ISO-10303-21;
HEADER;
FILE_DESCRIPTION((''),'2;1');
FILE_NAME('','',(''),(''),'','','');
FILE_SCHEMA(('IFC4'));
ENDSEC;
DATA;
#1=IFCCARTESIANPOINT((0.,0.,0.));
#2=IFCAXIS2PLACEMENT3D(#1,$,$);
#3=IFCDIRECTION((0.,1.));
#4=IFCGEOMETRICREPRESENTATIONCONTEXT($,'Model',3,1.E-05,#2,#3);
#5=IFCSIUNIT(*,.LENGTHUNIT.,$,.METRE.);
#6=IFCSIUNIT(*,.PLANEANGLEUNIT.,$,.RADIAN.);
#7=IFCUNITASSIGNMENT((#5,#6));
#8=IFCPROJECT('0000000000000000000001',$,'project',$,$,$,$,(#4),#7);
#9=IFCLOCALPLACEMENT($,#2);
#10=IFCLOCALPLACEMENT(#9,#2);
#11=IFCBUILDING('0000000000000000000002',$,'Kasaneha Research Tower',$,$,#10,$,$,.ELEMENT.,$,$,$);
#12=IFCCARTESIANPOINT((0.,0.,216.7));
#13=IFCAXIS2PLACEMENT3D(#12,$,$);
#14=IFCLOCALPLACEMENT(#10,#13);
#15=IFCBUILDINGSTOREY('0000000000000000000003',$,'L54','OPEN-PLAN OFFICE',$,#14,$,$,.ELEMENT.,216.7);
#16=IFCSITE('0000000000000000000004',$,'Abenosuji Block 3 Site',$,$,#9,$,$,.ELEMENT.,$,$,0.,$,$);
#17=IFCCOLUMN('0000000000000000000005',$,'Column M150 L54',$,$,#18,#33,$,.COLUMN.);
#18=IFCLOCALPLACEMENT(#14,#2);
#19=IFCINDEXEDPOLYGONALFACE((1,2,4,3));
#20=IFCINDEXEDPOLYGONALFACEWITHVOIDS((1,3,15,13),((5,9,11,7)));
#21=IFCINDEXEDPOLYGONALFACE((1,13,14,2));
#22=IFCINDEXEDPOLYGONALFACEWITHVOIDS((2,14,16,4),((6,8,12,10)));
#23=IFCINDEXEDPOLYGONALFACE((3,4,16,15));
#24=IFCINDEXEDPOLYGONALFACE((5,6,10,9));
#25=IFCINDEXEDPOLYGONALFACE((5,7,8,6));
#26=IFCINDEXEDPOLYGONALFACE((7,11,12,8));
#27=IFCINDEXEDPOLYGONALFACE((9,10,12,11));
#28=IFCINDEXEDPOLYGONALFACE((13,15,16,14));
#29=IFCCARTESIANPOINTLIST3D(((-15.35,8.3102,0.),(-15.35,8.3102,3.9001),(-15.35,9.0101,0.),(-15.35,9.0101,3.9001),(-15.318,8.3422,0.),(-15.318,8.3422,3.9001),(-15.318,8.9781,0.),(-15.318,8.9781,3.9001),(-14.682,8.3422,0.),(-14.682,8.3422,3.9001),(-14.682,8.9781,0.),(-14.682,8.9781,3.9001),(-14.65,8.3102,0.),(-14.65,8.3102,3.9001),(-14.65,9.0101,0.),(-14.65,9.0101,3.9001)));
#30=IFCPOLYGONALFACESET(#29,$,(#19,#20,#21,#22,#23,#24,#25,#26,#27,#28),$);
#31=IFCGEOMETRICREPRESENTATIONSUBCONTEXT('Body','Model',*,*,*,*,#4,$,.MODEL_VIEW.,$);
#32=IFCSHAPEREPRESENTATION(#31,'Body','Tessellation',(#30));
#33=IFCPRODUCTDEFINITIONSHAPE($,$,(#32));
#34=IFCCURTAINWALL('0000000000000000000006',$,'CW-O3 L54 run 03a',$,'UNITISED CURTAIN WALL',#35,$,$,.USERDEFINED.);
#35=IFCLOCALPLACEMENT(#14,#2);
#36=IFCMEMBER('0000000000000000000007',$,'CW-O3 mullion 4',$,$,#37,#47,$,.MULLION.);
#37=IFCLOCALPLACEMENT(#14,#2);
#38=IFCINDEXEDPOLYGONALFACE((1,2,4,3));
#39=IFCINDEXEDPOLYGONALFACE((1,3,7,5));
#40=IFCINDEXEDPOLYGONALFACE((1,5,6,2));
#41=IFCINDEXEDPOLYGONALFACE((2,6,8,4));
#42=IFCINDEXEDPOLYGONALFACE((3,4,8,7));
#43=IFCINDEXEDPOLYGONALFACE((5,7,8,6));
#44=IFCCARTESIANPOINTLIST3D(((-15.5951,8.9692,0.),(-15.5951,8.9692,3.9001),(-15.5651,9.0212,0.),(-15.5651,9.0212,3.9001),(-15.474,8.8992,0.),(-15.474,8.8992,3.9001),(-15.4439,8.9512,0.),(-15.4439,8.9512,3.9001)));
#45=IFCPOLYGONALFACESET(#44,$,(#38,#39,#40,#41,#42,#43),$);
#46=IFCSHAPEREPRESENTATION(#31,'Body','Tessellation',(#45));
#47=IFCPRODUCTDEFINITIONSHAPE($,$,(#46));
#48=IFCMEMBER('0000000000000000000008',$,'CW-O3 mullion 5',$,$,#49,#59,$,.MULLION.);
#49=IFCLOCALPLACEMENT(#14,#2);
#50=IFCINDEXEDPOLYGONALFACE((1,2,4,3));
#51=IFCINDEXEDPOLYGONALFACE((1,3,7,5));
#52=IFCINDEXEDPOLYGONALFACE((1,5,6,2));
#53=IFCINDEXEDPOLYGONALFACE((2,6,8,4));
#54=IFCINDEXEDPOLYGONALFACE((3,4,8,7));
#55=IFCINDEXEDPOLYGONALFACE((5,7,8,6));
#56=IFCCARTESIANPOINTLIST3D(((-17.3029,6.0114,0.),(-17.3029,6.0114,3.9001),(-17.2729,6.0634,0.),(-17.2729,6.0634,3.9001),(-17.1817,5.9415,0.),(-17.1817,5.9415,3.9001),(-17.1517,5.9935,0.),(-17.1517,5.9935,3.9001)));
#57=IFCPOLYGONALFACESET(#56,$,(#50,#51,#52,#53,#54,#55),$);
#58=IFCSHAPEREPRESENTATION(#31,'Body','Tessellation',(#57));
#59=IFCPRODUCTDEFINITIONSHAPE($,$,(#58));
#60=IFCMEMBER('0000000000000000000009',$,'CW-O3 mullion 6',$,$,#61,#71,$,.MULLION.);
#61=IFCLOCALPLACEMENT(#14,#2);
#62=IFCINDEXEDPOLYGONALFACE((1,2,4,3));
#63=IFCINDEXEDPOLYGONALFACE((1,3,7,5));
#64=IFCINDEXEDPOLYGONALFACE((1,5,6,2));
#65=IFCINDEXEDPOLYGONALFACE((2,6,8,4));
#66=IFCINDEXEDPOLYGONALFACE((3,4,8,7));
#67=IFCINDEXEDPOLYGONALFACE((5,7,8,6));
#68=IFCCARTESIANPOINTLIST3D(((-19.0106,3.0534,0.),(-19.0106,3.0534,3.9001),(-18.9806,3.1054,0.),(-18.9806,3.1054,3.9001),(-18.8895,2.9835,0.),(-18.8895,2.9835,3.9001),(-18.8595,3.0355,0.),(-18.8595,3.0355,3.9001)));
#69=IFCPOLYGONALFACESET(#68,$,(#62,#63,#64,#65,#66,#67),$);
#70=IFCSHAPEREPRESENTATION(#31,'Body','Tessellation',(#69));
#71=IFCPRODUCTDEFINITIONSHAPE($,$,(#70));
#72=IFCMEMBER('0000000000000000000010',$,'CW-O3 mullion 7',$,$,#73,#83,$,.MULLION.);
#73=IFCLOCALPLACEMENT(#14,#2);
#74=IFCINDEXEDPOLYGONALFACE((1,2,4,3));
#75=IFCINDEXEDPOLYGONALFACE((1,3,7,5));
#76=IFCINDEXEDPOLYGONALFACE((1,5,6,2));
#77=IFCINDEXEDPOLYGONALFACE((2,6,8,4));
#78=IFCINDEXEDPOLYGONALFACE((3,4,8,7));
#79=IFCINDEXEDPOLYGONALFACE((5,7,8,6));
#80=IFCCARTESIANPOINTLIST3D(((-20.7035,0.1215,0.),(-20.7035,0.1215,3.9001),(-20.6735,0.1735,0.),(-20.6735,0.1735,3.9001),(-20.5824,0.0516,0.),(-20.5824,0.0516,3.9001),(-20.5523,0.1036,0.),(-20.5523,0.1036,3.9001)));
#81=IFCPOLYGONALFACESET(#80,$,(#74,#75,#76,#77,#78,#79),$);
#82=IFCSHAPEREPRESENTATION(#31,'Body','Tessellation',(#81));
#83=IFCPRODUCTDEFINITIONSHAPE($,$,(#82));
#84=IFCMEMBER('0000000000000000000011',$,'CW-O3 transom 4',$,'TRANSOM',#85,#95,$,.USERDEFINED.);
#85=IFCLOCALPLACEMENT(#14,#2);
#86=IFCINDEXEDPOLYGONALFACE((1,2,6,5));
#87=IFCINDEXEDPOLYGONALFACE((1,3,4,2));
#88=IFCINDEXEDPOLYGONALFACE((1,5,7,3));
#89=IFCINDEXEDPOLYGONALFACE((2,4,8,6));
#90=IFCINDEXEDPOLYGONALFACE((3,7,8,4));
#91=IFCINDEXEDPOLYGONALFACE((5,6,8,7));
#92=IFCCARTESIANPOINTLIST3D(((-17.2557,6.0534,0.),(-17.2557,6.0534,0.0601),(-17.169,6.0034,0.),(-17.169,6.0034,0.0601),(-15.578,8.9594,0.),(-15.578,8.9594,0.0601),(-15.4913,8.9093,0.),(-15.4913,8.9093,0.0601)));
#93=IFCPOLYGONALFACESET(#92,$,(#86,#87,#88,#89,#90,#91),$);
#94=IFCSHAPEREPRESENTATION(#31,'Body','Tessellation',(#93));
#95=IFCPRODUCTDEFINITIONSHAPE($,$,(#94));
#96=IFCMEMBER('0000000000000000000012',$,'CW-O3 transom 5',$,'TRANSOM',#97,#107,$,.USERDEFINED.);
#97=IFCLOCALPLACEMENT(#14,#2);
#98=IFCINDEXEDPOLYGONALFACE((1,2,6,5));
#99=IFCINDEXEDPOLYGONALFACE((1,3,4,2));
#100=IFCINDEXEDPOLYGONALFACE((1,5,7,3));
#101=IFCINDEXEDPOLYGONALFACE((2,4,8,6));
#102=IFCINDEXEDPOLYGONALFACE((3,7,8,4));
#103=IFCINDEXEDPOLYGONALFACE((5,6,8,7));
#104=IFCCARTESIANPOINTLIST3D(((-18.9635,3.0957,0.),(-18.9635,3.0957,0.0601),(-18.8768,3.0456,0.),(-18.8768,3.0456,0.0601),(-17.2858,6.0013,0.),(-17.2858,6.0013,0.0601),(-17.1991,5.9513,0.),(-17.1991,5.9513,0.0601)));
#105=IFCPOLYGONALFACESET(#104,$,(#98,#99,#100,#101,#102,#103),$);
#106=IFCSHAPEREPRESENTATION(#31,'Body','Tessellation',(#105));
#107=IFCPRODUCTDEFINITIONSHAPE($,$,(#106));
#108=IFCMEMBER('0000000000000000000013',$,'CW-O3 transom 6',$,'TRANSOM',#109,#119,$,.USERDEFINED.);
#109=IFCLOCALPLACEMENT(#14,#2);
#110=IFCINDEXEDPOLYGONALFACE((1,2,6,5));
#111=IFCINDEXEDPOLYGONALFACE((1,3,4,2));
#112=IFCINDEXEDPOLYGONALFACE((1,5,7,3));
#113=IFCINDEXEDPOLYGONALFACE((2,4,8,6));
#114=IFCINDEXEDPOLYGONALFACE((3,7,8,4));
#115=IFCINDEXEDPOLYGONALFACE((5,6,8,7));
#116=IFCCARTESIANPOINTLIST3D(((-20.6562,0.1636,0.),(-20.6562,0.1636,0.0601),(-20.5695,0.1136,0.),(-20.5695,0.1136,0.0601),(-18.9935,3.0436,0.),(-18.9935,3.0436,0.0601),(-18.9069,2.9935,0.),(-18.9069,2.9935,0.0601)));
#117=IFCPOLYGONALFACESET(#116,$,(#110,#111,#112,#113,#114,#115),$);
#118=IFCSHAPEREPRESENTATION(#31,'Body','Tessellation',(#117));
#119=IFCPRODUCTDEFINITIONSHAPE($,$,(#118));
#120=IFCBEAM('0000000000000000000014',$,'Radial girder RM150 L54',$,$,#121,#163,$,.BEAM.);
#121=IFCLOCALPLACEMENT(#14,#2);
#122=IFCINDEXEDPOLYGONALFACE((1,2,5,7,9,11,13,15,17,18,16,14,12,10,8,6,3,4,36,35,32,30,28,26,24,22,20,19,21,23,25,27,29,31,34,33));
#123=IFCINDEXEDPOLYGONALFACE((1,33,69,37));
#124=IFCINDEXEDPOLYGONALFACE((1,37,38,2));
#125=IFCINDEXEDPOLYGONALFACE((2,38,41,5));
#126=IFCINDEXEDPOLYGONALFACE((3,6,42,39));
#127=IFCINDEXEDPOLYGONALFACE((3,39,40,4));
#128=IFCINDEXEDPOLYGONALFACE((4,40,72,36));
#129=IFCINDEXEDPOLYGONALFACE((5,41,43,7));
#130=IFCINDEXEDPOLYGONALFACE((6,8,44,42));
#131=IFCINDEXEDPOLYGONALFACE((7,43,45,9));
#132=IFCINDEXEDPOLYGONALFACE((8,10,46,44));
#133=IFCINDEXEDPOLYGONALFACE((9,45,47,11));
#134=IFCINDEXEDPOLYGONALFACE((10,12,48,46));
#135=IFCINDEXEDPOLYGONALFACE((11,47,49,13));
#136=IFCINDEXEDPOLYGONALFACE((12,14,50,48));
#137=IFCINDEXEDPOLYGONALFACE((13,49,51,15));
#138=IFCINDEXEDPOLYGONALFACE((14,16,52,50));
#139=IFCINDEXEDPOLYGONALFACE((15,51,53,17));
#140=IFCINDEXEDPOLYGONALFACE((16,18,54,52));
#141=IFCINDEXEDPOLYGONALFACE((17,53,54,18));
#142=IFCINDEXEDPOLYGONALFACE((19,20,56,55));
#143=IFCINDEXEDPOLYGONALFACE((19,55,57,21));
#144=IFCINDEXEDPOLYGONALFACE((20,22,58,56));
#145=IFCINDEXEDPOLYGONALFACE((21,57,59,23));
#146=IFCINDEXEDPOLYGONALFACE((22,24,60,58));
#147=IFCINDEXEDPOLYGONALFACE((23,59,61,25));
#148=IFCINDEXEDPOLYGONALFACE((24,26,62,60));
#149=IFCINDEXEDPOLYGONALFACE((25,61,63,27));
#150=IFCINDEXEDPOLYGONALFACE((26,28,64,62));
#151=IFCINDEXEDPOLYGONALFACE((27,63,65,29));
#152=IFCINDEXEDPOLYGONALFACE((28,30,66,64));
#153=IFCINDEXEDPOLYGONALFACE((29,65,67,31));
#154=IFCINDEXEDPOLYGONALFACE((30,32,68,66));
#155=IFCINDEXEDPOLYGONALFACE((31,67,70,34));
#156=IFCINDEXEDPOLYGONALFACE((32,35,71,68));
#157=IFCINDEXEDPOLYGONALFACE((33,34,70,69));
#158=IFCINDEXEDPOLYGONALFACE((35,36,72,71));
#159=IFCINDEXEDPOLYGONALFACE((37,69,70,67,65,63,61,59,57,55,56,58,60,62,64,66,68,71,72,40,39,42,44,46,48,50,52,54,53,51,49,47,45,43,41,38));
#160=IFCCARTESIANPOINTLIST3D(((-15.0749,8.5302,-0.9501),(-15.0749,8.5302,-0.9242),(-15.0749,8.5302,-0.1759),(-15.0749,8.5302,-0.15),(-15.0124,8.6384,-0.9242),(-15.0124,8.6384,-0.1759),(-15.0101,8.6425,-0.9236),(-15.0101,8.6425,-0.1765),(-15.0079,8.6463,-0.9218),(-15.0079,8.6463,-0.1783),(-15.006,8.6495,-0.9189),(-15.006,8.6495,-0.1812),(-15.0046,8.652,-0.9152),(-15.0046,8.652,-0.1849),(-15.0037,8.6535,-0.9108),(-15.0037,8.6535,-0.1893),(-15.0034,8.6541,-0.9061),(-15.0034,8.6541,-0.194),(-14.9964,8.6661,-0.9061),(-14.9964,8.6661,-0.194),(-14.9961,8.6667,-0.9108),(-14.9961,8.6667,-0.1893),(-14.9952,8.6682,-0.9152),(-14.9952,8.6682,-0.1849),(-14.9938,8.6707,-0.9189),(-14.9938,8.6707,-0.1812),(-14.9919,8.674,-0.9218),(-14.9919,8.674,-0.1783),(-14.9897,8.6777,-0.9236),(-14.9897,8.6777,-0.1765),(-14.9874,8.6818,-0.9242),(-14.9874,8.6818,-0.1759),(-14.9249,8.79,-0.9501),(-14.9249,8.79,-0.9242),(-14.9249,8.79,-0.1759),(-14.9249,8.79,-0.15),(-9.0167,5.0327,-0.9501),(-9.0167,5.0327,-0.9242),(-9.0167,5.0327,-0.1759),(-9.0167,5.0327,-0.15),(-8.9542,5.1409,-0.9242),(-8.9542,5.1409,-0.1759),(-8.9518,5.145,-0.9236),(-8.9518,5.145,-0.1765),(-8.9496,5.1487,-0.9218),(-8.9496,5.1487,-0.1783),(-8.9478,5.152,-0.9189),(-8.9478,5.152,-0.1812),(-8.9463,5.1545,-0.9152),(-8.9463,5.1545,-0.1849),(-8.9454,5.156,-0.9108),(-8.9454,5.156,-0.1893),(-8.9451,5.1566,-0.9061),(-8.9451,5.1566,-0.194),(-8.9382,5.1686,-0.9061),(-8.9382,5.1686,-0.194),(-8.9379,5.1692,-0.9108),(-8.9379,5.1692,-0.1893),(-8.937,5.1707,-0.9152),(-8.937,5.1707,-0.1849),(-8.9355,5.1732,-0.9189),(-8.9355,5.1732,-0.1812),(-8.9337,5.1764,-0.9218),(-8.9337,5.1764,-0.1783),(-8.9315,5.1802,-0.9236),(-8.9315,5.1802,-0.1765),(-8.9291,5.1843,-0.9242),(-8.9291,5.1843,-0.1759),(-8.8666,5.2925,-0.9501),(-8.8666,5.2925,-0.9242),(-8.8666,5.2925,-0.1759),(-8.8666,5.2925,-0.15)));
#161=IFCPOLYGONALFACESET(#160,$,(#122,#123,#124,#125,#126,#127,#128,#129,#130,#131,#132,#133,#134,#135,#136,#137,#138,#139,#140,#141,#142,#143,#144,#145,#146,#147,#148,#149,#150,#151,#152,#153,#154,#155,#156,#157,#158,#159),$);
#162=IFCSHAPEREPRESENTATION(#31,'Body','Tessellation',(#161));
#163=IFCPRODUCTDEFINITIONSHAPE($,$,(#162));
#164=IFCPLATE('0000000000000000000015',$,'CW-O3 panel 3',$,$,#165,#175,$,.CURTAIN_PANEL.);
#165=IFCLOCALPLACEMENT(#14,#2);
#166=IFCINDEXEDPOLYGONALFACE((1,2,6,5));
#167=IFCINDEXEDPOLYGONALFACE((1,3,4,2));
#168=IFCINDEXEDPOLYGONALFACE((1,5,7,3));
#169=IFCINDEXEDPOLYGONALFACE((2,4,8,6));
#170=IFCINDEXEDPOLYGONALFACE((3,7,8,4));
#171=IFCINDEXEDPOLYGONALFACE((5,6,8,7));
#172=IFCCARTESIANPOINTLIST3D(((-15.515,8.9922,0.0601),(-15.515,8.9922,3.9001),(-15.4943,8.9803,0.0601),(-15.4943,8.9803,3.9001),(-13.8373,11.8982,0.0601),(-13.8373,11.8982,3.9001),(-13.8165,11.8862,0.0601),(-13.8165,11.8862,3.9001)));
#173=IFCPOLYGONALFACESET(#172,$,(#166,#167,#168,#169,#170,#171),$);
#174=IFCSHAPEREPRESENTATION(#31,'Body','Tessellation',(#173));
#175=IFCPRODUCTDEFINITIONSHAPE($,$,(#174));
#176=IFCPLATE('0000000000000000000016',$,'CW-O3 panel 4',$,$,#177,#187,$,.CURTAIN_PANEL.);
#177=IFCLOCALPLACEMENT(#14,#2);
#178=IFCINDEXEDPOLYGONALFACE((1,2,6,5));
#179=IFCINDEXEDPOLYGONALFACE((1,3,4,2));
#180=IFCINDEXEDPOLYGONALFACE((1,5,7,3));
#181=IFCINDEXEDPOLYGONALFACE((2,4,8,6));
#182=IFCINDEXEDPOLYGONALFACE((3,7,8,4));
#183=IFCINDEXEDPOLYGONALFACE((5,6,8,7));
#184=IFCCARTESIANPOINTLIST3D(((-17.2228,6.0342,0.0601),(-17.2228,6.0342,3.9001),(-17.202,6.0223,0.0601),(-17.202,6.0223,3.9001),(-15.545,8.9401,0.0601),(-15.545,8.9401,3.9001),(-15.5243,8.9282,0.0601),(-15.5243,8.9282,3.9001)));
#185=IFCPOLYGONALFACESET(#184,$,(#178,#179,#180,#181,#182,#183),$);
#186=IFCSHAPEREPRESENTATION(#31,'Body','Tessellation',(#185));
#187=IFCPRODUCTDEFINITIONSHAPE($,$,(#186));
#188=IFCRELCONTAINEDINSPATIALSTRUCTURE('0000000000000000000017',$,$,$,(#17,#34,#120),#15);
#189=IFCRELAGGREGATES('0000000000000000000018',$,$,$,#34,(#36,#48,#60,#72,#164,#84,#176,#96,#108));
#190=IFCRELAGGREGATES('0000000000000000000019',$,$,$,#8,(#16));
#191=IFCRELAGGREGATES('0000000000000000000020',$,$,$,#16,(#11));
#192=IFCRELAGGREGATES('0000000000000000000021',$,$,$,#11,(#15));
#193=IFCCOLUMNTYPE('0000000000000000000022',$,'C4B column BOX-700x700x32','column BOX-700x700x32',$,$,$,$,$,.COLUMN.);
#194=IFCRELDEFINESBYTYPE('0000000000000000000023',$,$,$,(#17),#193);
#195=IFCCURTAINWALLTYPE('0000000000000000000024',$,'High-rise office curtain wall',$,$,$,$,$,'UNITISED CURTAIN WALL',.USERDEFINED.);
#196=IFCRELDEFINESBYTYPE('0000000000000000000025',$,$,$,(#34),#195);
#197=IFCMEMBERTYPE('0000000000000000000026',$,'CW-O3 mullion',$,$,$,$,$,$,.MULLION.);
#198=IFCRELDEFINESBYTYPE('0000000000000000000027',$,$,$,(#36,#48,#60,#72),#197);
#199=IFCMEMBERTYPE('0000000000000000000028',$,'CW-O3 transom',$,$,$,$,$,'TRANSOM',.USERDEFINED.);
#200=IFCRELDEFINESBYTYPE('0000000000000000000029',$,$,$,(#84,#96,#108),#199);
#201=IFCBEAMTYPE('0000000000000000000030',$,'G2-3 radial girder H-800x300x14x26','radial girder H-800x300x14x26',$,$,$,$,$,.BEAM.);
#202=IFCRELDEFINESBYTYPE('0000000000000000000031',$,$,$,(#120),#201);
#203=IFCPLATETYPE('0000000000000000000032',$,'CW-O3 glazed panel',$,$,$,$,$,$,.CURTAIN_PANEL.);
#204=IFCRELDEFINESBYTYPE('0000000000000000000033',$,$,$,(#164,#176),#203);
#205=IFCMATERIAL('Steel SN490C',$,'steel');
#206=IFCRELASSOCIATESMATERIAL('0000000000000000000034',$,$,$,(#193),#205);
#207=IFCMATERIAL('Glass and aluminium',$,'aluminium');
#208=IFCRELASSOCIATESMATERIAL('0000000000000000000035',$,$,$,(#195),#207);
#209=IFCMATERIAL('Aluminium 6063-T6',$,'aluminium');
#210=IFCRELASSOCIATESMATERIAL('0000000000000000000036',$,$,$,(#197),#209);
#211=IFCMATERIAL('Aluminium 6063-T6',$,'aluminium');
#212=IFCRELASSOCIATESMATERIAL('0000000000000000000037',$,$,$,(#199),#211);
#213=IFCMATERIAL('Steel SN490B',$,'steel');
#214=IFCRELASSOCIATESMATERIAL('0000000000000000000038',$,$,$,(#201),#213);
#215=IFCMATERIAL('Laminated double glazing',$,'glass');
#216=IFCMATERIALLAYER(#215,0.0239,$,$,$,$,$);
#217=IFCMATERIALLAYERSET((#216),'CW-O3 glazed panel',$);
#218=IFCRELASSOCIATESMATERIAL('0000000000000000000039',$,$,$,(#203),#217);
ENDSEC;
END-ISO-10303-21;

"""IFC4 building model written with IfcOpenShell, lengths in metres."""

from ifc_helpers import new_model, si_unit, direction, frame, origin, origin_2d, place, context, subcontext, project, spatial, rectangle, hollow_rectangle, i_section, extrude, material, layer, layer_set, material_profile, profile_set, type_object, element, aggregate, save


model = new_model("IFC4")

# Units and contexts
model_context = context("Model", 3, precision=1e-05, world=origin(), true_north=direction((0.0, 1.0)))
body_context = subcontext(model_context, "Body", "Model", "MODEL_VIEW")
ifc_project = project(units=[si_unit("LENGTHUNIT", "METRE"), si_unit("PLANEANGLEUNIT", "RADIAN")], contexts=[model_context])

# Site, building, storey
site_placement = place(None, origin())
site = spatial("IfcSite", under=ifc_project, at=site_placement, Name="Abenosuji Block 3 Site", CompositionType="ELEMENT", RefElevation=0.0)
building_placement = place(site_placement, origin())
building = spatial("IfcBuilding", under=site, at=building_placement, Name="Kasaneha Research Tower", CompositionType="ELEMENT")
storey_placement = place(building_placement, frame((0.0, 0.0, 216.7)))
storey = spatial("IfcBuildingStorey", under=building, at=storey_placement, Name="L54", Description="OPEN-PLAN OFFICE", CompositionType="ELEMENT", Elevation=216.7)

# Column
ifc_material_1 = material(Name="Steel SN490C", Category="steel")
ifc_material_profile_1 = material_profile(ifc_material_1, hollow_rectangle(XDim=0.7, YDim=0.7, WallThickness=0.032, at=origin_2d()), Name="BOX-700x700x32")
ifc_profile_set_1 = profile_set([ifc_material_profile_1], Name="Steel SN490C")
column_type = type_object("IfcColumnType", Name="C4B column BOX-700x700x32", Description="column BOX-700x700x32", PredefinedType="COLUMN", material=ifc_profile_set_1)
column_placement = place(storey_placement, frame((-15.0, 8.6602, 0.0), z_axis=(0.0, 0.0, 1.0), x_axis=(1.0, 0.0, 0.0)))
element("IfcColumn", 1, at=column_placement, inside=storey, type_object=column_type, Name="Column M150 L54", PredefinedType="COLUMN", context=body_context, shape_type="SweptSolid", body=[
    extrude(hollow_rectangle(XDim=0.7, YDim=0.7, WallThickness=0.032, at=origin_2d()), origin(), (0.0, 0.0, 1.0), 3.9001),
])

# Curtain wall, members
ifc_material_2 = material(Name="Glass and aluminium", Category="aluminium")
curtain_wall_type = type_object("IfcCurtainWallType", Name="High-rise office curtain wall", ElementType="UNITISED CURTAIN WALL", PredefinedType="USERDEFINED", material=ifc_material_2)
curtain_wall_placement = place(storey_placement, origin())
curtain_wall = element("IfcCurtainWall", 2, at=curtain_wall_placement, inside=storey, type_object=curtain_wall_type, Name="CW-O3 L54 run 03a", ObjectType="UNITISED CURTAIN WALL", PredefinedType="USERDEFINED")
ifc_material_3 = material(Name="Aluminium 6063-T6", Category="aluminium")
ifc_material_profile_2 = material_profile(ifc_material_3, rectangle(XDim=0.0601, YDim=0.1399, at=origin_2d()), Name="CW-O3 mullion 60x140")
ifc_profile_set_2 = profile_set([ifc_material_profile_2], Name="Aluminium 6063-T6")
member_type_1 = type_object("IfcMemberType", Name="CW-O3 mullion", PredefinedType="MULLION", material=ifc_profile_set_2)
member_1_placement = place(storey_placement, frame((-15.5195, 8.9602, 0.0), z_axis=(0.0, 0.0, 1.0), x_axis=(-0.5, -0.866025, 0.0)))
member_1 = element("IfcMember", 3, at=member_1_placement, type_object=member_type_1, Name="CW-O3 mullion 4", PredefinedType="MULLION", context=body_context, shape_type="SweptSolid", body=[
    extrude(rectangle(XDim=0.0601, YDim=0.1399, at=origin_2d()), origin(), (0.0, 0.0, 1.0), 3.9001),
])
member_2_placement = place(storey_placement, frame((-17.2273, 6.0024, 0.0), z_axis=(0.0, 0.0, 1.0), x_axis=(-0.5, -0.866025, 0.0)))
member_2 = element("IfcMember", 4, at=member_2_placement, type_object=member_type_1, Name="CW-O3 mullion 5", PredefinedType="MULLION", context=body_context, shape_type="SweptSolid", body=[
    extrude(rectangle(XDim=0.0601, YDim=0.1399, at=origin_2d()), origin(), (0.0, 0.0, 1.0), 3.9001),
])
member_3_placement = place(storey_placement, frame((-18.9351, 3.0444, 0.0), z_axis=(0.0, 0.0, 1.0), x_axis=(-0.5, -0.866025, 0.0)))
member_3 = element("IfcMember", 5, at=member_3_placement, type_object=member_type_1, Name="CW-O3 mullion 6", PredefinedType="MULLION", context=body_context, shape_type="SweptSolid", body=[
    extrude(rectangle(XDim=0.0601, YDim=0.1399, at=origin_2d()), origin(), (0.0, 0.0, 1.0), 3.9001),
])
member_4_placement = place(storey_placement, frame((-20.6279, 0.1125, 0.0), z_axis=(0.0, 0.0, 1.0), x_axis=(-0.5, -0.866025, 0.0)))
member_4 = element("IfcMember", 6, at=member_4_placement, type_object=member_type_1, Name="CW-O3 mullion 7", PredefinedType="MULLION", context=body_context, shape_type="SweptSolid", body=[
    extrude(rectangle(XDim=0.0601, YDim=0.1399, at=origin_2d()), origin(), (0.0, 0.0, 1.0), 3.9001),
])
ifc_material_4 = material(Name="Aluminium 6063-T6", Category="aluminium")
ifc_material_profile_3 = material_profile(ifc_material_4, rectangle(XDim=0.1001, YDim=0.0601, at=origin_2d()), Name="CW-O3 transom 100x60")
ifc_profile_set_3 = profile_set([ifc_material_profile_3], Name="Aluminium 6063-T6")
member_type_2 = type_object("IfcMemberType", Name="CW-O3 transom", ElementType="TRANSOM", PredefinedType="USERDEFINED", material=ifc_profile_set_3)
member_5_placement = place(storey_placement, frame((-15.5347, 8.9343, 0.03), z_axis=(-0.499989, -0.866032, 0.0), x_axis=(0.866032, -0.499989, 0.0)))
member_5 = element("IfcMember", 7, at=member_5_placement, type_object=member_type_2, Name="CW-O3 transom 4", ObjectType="TRANSOM", PredefinedType="USERDEFINED", context=body_context, shape_type="SweptSolid", body=[
    extrude(rectangle(XDim=0.1001, YDim=0.0601, at=origin_2d()), origin(), (0.0, 0.0, 1.0), 3.3555),
])
member_6_placement = place(storey_placement, frame((-17.2424, 5.9763, 0.03), z_axis=(-0.500021, -0.866014, 0.0), x_axis=(0.866014, -0.500021, 0.0)))
member_6 = element("IfcMember", 8, at=member_6_placement, type_object=member_type_2, Name="CW-O3 transom 5", ObjectType="TRANSOM", PredefinedType="USERDEFINED", context=body_context, shape_type="SweptSolid", body=[
    extrude(rectangle(XDim=0.1001, YDim=0.0601, at=origin_2d()), origin(), (0.0, 0.0, 1.0), 3.3552),
])
member_7_placement = place(storey_placement, frame((-18.9502, 3.0186, 0.03), z_axis=(-0.499977, -0.866039, 0.0), x_axis=(0.866039, -0.499977, 0.0)))
member_7 = element("IfcMember", 9, at=member_7_placement, type_object=member_type_2, Name="CW-O3 transom 6", ObjectType="TRANSOM", PredefinedType="USERDEFINED", context=body_context, shape_type="SweptSolid", body=[
    extrude(rectangle(XDim=0.1001, YDim=0.0601, at=origin_2d()), origin(), (0.0, 0.0, 1.0), 3.3254),
])

# Beam
ifc_material_5 = material(Name="Steel SN490B", Category="steel")
ifc_material_profile_4 = material_profile(ifc_material_5, i_section(OverallWidth=0.3, OverallDepth=0.8, WebThickness=0.0139, FlangeThickness=0.0259, FilletRadius=0.0181, at=origin_2d()), Name="H-800x300x14x26")
ifc_profile_set_4 = profile_set([ifc_material_profile_4], Name="Steel SN490B")
beam_type = type_object("IfcBeamType", Name="G2-3 radial girder H-800x300x14x26", Description="radial girder H-800x300x14x26", PredefinedType="BEAM", material=ifc_profile_set_4)
beam_placement = place(storey_placement, frame((-8.9417, 5.1626, -0.55), z_axis=(-0.86604, 0.499975, 0.0), x_axis=(-0.499975, -0.86604, 0.0)))
element("IfcBeam", 10, at=beam_placement, inside=storey, type_object=beam_type, Name="Radial girder RM150 L54", PredefinedType="BEAM", context=body_context, shape_type="SweptSolid", body=[
    extrude(i_section(OverallWidth=0.3, OverallDepth=0.8, WebThickness=0.0139, FlangeThickness=0.0259, FilletRadius=0.0181, at=origin_2d()), origin(), (0.0, 0.0, 1.0), 6.9954),
])

# Plates
ifc_material_6 = material(Name="Laminated double glazing", Category="glass")
ifc_layer_1 = layer(ifc_material_6, 0.0239)
ifc_layer_set_1 = layer_set([ifc_layer_1], Name="CW-O3 glazed panel")
plate_type = type_object("IfcPlateType", Name="CW-O3 glazed panel", PredefinedType="CURTAIN_PANEL", material=ifc_layer_set_1)
plate_1_placement = place(storey_placement, frame((-14.6658, 10.4392, 0.0601), z_axis=(0.0, 0.0, 1.0), x_axis=(-0.5, -0.866025, 0.0)))
plate_1 = element("IfcPlate", 11, at=plate_1_placement, type_object=plate_type, Name="CW-O3 panel 3", PredefinedType="CURTAIN_PANEL", context=body_context, shape_type="SweptSolid", body=[
    extrude(rectangle(XDim=3.3555, YDim=0.0239, at=origin_2d()), origin(), (0.0, 0.0, 1.0), 3.8401),
])
plate_2_placement = place(storey_placement, frame((-16.3735, 7.4812, 0.0601), z_axis=(0.0, 0.0, 1.0), x_axis=(-0.5, -0.866025, 0.0)))
plate_2 = element("IfcPlate", 12, at=plate_2_placement, type_object=plate_type, Name="CW-O3 panel 4", PredefinedType="CURTAIN_PANEL", context=body_context, shape_type="SweptSolid", body=[
    extrude(rectangle(XDim=3.3555, YDim=0.0239, at=origin_2d()), origin(), (0.0, 0.0, 1.0), 3.8401),
])
aggregate(curtain_wall, [member_1, member_2, member_3, member_4, plate_1, member_5, plate_2, member_6, member_7])

save(model, "model.ifc")
